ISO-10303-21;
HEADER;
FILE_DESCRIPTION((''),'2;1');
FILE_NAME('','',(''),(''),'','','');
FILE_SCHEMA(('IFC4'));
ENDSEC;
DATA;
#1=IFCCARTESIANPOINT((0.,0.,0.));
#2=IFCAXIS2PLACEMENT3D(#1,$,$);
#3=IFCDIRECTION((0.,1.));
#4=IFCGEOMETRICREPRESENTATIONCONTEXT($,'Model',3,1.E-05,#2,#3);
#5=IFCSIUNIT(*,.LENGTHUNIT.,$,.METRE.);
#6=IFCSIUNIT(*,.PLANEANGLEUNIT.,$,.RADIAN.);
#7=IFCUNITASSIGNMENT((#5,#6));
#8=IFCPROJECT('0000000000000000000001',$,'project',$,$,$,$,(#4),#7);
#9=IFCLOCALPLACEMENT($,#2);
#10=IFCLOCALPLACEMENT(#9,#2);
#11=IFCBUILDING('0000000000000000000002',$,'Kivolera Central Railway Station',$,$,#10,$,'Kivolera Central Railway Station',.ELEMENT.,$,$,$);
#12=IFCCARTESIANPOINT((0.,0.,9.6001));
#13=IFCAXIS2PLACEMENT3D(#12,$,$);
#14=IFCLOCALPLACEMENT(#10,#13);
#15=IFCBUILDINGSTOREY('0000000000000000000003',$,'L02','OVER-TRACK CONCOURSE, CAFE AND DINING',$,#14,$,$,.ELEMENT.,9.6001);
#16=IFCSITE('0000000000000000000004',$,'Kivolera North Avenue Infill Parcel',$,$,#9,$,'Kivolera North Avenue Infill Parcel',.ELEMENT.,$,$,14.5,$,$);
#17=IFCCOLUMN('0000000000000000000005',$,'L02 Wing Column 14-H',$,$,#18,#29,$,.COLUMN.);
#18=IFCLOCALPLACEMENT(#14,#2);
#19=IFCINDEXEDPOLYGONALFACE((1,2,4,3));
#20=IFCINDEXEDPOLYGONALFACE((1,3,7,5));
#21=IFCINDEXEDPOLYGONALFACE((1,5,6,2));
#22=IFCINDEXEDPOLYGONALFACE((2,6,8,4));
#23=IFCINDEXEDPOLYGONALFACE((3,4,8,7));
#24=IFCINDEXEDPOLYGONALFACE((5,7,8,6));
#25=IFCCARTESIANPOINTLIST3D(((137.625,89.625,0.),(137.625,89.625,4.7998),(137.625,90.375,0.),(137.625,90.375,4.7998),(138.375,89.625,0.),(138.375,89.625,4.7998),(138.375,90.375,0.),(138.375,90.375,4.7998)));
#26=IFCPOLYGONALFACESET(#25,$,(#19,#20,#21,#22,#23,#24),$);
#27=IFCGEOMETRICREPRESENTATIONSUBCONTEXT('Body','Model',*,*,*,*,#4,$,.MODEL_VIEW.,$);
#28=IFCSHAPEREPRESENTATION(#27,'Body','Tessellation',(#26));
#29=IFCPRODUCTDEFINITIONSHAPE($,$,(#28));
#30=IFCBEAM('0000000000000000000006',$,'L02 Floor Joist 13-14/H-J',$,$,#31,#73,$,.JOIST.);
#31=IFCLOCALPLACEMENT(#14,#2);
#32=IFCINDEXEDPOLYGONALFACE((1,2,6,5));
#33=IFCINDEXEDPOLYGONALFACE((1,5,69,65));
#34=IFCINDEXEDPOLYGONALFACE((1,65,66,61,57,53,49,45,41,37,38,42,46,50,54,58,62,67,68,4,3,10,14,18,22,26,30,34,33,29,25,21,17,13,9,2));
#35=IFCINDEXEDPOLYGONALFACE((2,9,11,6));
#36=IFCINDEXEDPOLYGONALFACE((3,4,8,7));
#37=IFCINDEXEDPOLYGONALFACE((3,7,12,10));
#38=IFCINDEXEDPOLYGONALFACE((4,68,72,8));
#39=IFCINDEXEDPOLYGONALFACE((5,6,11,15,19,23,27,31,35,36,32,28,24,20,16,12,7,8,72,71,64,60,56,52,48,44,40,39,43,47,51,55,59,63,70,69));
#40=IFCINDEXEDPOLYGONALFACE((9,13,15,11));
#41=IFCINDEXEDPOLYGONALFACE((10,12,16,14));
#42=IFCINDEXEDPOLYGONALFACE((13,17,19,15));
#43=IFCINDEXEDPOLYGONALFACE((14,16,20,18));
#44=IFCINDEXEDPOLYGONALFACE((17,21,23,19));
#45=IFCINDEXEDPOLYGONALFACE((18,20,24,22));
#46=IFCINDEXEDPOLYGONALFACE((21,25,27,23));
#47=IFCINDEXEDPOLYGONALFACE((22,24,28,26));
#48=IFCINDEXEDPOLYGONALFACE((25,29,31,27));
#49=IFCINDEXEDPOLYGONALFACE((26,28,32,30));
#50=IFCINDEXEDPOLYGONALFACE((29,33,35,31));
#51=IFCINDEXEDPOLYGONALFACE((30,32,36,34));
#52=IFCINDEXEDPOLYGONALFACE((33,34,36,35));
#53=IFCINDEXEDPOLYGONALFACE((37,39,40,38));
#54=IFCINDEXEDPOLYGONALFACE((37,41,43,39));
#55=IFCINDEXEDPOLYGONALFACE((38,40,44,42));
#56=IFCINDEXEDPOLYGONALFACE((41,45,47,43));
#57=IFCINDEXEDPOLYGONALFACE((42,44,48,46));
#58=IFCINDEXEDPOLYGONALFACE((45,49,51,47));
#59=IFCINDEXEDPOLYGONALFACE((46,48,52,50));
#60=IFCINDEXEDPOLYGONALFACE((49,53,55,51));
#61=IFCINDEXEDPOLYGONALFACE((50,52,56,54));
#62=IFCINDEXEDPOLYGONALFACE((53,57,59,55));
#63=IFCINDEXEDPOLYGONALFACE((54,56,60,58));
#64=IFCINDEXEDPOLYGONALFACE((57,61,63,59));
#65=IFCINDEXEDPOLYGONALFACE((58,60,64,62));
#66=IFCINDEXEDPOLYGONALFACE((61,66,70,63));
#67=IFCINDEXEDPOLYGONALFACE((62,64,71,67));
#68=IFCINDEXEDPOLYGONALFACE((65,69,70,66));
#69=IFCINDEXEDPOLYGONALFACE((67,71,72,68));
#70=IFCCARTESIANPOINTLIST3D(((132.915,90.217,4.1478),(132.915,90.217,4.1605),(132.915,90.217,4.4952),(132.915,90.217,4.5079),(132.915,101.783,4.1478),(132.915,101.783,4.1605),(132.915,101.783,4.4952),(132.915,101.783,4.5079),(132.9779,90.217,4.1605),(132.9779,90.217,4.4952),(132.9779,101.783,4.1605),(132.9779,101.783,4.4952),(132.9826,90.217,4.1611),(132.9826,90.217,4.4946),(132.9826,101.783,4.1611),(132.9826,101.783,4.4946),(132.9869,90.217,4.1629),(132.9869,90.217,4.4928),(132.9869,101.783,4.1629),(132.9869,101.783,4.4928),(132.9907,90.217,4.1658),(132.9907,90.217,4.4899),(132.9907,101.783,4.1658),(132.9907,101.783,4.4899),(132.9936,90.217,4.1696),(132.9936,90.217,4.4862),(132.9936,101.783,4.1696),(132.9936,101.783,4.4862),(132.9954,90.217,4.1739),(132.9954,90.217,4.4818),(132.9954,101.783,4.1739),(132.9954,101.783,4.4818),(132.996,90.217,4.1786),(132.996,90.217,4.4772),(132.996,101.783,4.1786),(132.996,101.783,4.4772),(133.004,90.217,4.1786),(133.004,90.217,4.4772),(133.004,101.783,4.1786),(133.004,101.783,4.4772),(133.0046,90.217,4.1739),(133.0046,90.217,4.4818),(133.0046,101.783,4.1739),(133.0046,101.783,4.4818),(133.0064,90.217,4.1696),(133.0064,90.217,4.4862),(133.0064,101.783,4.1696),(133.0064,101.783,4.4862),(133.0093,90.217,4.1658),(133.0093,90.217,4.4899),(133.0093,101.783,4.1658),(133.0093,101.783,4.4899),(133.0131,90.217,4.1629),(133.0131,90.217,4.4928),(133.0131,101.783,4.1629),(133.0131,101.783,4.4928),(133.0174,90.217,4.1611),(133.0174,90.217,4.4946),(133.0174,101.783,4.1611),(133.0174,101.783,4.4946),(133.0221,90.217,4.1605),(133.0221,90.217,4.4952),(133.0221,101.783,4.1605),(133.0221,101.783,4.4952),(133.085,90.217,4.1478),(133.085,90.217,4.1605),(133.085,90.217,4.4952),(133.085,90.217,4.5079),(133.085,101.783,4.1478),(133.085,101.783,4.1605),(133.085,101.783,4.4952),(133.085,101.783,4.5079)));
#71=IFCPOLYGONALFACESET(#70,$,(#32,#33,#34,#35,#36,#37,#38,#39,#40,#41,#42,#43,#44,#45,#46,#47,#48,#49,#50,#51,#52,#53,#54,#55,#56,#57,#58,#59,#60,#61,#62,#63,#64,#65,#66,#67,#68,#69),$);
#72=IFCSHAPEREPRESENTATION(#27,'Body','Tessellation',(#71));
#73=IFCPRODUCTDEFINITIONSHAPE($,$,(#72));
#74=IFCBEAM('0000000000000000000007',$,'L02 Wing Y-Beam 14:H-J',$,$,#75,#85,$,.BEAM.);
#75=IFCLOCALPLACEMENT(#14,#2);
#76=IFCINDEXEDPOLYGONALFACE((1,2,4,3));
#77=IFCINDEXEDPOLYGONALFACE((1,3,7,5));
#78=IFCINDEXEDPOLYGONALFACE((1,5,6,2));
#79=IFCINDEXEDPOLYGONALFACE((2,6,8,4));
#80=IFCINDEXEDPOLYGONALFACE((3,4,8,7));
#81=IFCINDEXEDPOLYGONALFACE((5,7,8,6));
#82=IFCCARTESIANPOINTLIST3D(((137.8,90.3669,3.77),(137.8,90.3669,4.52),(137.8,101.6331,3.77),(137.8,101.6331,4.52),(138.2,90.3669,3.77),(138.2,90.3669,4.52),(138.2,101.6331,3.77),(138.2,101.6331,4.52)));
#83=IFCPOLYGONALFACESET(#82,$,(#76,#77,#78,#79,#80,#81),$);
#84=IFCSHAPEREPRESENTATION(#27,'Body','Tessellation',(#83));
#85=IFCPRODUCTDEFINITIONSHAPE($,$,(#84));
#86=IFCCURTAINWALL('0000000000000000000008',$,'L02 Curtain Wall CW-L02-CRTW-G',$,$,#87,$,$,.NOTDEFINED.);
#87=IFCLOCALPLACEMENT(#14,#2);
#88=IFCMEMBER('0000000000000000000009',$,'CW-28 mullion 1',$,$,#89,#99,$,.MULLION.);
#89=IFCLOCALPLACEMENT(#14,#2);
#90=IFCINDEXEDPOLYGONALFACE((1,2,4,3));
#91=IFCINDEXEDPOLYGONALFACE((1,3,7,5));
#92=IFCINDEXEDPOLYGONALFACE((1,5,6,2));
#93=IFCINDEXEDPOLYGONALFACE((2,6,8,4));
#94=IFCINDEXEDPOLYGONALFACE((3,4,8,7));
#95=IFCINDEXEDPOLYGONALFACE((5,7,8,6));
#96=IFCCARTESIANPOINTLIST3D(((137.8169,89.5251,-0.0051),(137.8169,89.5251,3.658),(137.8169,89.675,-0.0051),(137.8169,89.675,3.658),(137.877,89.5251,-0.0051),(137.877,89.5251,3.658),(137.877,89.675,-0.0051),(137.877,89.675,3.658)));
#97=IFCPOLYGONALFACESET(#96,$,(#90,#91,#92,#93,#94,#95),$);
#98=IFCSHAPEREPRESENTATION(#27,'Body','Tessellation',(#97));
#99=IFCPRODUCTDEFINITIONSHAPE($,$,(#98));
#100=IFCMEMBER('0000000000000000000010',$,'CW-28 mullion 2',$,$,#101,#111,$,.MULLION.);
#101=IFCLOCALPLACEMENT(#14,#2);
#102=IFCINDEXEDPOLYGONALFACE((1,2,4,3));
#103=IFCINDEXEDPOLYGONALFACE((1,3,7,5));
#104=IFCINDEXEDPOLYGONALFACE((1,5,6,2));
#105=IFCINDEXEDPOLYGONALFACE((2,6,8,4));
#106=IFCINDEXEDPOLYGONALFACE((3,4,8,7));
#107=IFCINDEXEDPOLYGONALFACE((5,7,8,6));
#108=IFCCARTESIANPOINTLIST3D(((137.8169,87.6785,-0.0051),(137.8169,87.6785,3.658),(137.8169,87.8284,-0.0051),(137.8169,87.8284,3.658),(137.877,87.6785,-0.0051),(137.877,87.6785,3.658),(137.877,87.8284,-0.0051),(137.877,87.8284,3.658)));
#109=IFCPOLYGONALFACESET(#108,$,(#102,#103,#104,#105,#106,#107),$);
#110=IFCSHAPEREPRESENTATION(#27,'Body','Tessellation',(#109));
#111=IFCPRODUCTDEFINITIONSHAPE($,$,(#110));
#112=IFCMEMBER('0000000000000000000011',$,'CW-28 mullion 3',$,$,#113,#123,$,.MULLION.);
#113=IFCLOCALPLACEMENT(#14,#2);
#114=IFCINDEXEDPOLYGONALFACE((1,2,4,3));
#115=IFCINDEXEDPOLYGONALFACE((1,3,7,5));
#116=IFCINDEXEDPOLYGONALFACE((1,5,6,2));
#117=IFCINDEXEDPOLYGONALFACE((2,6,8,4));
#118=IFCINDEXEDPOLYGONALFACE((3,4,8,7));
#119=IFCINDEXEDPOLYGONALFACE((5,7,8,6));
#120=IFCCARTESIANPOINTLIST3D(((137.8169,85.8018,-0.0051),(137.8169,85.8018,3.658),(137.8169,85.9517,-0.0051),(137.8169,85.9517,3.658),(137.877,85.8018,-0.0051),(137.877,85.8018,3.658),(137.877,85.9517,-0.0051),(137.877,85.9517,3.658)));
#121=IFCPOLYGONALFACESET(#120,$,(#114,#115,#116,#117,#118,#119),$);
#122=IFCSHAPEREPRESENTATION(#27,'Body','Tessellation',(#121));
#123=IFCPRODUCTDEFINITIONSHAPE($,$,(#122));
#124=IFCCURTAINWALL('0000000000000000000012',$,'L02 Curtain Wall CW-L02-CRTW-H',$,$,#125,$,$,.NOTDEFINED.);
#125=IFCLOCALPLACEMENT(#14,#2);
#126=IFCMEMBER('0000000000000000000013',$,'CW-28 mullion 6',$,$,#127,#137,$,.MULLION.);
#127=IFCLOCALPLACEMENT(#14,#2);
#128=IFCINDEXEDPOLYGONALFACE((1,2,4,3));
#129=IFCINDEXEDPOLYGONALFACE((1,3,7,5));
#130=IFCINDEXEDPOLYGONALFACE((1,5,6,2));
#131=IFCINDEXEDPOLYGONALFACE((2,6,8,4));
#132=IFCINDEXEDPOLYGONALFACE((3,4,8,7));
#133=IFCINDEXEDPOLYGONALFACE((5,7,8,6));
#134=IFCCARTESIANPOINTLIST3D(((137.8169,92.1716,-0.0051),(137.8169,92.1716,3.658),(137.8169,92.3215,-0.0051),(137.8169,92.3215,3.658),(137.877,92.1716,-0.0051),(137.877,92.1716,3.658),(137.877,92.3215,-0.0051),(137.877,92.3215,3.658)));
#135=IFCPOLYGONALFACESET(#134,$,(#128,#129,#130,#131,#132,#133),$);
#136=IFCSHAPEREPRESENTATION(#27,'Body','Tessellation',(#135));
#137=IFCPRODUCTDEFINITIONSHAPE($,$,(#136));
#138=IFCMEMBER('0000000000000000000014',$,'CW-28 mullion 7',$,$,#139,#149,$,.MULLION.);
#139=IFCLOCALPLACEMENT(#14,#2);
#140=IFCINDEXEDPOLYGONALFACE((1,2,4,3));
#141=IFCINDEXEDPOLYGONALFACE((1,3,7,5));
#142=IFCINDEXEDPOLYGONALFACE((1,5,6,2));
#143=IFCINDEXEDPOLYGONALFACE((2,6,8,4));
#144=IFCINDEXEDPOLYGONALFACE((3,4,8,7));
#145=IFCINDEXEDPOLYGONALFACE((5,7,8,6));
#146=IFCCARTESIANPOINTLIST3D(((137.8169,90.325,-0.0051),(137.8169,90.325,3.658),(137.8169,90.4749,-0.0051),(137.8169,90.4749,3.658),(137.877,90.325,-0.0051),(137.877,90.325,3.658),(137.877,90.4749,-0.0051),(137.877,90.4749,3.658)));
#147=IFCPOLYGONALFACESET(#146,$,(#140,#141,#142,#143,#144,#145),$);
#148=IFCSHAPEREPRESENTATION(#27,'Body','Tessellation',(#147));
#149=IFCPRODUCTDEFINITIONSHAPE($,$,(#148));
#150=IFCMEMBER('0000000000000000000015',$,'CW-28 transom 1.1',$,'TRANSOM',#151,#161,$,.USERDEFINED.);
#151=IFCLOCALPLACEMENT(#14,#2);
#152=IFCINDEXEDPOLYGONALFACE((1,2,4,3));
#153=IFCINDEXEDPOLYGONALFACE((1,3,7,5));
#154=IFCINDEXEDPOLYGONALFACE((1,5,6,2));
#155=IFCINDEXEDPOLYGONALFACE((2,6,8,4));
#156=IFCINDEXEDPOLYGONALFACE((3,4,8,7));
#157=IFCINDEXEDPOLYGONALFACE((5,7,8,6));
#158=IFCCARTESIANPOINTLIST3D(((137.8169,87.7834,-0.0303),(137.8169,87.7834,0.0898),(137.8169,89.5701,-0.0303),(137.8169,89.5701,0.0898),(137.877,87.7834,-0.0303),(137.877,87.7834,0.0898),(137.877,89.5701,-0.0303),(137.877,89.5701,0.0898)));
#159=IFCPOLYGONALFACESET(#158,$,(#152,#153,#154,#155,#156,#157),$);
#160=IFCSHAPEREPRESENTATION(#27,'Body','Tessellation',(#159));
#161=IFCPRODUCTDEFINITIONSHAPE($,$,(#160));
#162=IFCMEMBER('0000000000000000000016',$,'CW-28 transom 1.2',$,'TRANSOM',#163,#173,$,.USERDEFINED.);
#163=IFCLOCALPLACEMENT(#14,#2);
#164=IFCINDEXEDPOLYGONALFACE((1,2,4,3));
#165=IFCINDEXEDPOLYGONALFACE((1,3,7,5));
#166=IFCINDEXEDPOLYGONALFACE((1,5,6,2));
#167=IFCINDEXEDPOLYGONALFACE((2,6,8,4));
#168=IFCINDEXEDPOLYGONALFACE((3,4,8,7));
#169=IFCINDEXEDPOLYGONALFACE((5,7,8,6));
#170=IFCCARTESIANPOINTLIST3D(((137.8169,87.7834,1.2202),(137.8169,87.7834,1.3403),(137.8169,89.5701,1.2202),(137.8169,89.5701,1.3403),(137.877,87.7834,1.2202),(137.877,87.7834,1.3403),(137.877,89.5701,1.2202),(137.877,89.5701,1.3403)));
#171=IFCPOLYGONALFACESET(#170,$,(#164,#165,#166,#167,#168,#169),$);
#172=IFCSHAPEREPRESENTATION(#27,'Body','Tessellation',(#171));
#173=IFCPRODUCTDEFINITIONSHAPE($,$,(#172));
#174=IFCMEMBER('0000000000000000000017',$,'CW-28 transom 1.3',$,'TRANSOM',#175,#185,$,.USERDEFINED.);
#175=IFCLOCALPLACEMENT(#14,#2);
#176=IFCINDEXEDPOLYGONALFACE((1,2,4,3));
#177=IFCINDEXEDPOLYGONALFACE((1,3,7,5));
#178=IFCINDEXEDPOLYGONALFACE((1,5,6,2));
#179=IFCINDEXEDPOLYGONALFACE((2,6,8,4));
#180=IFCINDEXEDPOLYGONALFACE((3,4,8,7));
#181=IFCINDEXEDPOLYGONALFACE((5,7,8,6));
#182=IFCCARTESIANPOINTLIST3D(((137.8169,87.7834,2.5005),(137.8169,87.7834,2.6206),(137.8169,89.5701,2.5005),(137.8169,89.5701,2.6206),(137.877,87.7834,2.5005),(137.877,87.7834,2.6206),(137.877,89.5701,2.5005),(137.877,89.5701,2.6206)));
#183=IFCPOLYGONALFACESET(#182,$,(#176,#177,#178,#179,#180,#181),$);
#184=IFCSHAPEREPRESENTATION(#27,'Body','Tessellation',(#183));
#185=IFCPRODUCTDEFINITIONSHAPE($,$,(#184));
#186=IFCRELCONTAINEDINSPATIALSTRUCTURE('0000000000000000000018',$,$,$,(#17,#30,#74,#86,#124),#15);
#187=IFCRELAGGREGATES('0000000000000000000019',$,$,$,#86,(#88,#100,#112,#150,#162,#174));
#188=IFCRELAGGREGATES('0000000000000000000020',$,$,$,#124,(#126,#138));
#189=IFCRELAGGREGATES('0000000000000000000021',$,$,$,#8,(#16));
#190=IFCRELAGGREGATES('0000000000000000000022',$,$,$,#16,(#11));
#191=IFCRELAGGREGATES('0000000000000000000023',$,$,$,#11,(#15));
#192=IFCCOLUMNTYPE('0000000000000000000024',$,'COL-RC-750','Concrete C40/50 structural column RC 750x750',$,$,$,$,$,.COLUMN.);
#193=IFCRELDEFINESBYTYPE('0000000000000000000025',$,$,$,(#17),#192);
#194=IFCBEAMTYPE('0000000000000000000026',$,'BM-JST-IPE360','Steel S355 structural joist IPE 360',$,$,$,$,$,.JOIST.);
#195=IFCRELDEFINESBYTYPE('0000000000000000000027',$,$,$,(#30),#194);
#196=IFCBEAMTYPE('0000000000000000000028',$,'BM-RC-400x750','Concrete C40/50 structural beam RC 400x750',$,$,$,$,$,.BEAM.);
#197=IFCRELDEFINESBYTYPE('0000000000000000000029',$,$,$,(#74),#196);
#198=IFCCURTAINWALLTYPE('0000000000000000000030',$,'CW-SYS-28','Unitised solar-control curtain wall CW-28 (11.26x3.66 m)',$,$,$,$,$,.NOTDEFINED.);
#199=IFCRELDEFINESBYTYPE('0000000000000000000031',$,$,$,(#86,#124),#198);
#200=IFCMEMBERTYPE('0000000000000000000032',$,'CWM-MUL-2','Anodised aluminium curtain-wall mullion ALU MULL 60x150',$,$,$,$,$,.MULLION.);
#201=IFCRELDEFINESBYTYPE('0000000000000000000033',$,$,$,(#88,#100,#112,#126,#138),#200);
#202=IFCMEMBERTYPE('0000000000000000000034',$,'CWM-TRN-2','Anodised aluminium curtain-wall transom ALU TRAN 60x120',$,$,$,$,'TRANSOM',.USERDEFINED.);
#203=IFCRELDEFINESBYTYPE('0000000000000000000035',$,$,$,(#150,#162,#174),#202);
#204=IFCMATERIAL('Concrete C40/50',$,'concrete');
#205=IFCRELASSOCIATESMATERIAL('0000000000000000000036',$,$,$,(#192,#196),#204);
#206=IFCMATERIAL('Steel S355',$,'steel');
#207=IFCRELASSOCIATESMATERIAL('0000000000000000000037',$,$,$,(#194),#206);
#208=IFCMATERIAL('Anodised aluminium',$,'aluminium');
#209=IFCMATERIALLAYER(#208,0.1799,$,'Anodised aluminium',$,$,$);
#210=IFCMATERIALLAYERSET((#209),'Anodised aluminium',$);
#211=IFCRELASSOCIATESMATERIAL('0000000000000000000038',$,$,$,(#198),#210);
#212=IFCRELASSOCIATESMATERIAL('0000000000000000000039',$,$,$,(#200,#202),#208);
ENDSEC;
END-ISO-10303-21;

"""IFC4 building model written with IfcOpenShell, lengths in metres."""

from ifc_helpers import new_model, si_unit, direction, frame, origin, origin_2d, place, context, subcontext, project, spatial, rectangle, i_section, extrude, material, layer, layer_set, material_profile, profile_set, type_object, element, aggregate, save


model = new_model("IFC4")

# Units and contexts
model_context = context("Model", 3, precision=1e-05, world=origin(), true_north=direction((0.0, 1.0)))
body_context = subcontext(model_context, "Body", "Model", "MODEL_VIEW")
ifc_project = project(units=[si_unit("LENGTHUNIT", "METRE"), si_unit("PLANEANGLEUNIT", "RADIAN")], contexts=[model_context])

# Site, building, storey
site_placement = place(None, origin())
site = spatial("IfcSite", under=ifc_project, at=site_placement, Name="Kivolera North Avenue Infill Parcel", LongName="Kivolera North Avenue Infill Parcel", CompositionType="ELEMENT", RefElevation=14.5)
building_placement = place(site_placement, origin())
building = spatial("IfcBuilding", under=site, at=building_placement, Name="Kivolera Central Railway Station", LongName="Kivolera Central Railway Station", CompositionType="ELEMENT")
storey_placement = place(building_placement, frame((0.0, 0.0, 9.6001)))
storey = spatial("IfcBuildingStorey", under=building, at=storey_placement, Name="L02", Description="OVER-TRACK CONCOURSE, CAFE AND DINING", CompositionType="ELEMENT", Elevation=9.6001)

# Column
ifc_material_1 = material(Name="Concrete C40/50", Category="concrete")
ifc_material_profile_1 = material_profile(ifc_material_1, rectangle(XDim=0.75, YDim=0.75, at=origin_2d()), Name="RC 750x750")
ifc_profile_set_1 = profile_set([ifc_material_profile_1], Name="Concrete C40/50")
column_type = type_object("IfcColumnType", Name="COL-RC-750", Description="Concrete C40/50 structural column RC 750x750", PredefinedType="COLUMN", material=ifc_profile_set_1)
column_placement = place(storey_placement, frame((138.0, 90.0, 0.0), z_axis=(0.0, 0.0, 1.0), x_axis=(1.0, 0.0, 0.0)))
element("IfcColumn", 1, at=column_placement, inside=storey, type_object=column_type, Name="L02 Wing Column 14-H", PredefinedType="COLUMN", context=body_context, shape_type="SweptSolid", body=[
    extrude(rectangle(XDim=0.75, YDim=0.75, at=origin_2d()), origin(), (0.0, 0.0, 1.0), 4.7998),
])

# Beams
ifc_material_2 = material(Name="Steel S355", Category="steel")
ifc_material_profile_2 = material_profile(ifc_material_2, i_section(OverallWidth=0.1699, OverallDepth=0.3601, WebThickness=0.0081, FlangeThickness=0.0127, FilletRadius=0.0181, at=origin_2d()), Name="IPE 360")
ifc_profile_set_2 = profile_set([ifc_material_profile_2], Name="Steel S355")
beam_type_1 = type_object("IfcBeamType", Name="BM-JST-IPE360", Description="Steel S355 structural joist IPE 360", PredefinedType="JOIST", material=ifc_profile_set_2)
beam_1_placement = place(storey_placement, frame((133.0, 90.217, 4.3279), z_axis=(0.0, 1.0, 0.0), x_axis=(-1.0, 0.0, 0.0)))
element("IfcBeam", 2, at=beam_1_placement, inside=storey, type_object=beam_type_1, Name="L02 Floor Joist 13-14/H-J", PredefinedType="JOIST", context=body_context, shape_type="SweptSolid", body=[
    extrude(i_section(OverallWidth=0.1699, OverallDepth=0.3601, WebThickness=0.0081, FlangeThickness=0.0127, FilletRadius=0.0181, at=origin_2d()), origin(), (0.0, 0.0, 1.0), 11.5659),
])
ifc_material_profile_3 = material_profile(ifc_material_1, rectangle(XDim=0.3999, YDim=0.75, at=origin_2d()), Name="RC 400x750")
ifc_profile_set_3 = profile_set([ifc_material_profile_3], Name="Concrete C40/50")
beam_type_2 = type_object("IfcBeamType", Name="BM-RC-400x750", Description="Concrete C40/50 structural beam RC 400x750", PredefinedType="BEAM", material=ifc_profile_set_3)
beam_2_placement = place(storey_placement, frame((138.0, 90.3669, 4.145), z_axis=(0.0, 1.0, 0.0), x_axis=(-1.0, 0.0, 0.0)))
element("IfcBeam", 3, at=beam_2_placement, inside=storey, type_object=beam_type_2, Name="L02 Wing Y-Beam 14:H-J", PredefinedType="BEAM", context=body_context, shape_type="SweptSolid", body=[
    extrude(rectangle(XDim=0.3999, YDim=0.75, at=origin_2d()), origin(), (0.0, 0.0, 1.0), 11.2661),
])

# Curtain walls, members
ifc_material_3 = material(Name="Anodised aluminium", Category="aluminium")
ifc_layer_1 = layer(ifc_material_3, 0.1799, Name="Anodised aluminium")
ifc_layer_set_1 = layer_set([ifc_layer_1], Name="Anodised aluminium")
curtain_wall_type = type_object("IfcCurtainWallType", Name="CW-SYS-28", Description="Unitised solar-control curtain wall CW-28 (11.26x3.66 m)", PredefinedType="NOTDEFINED", material=ifc_layer_set_1)
curtain_wall_1_placement = place(storey_placement, origin())
curtain_wall_1 = element("IfcCurtainWall", 4, at=curtain_wall_1_placement, inside=storey, type_object=curtain_wall_type, Name="L02 Curtain Wall CW-L02-CRTW-G", PredefinedType="NOTDEFINED")
ifc_material_profile_4 = material_profile(ifc_material_3, rectangle(XDim=0.0601, YDim=0.1499, at=origin_2d()), Name="ALU MULL 60x150")
ifc_profile_set_4 = profile_set([ifc_material_profile_4], Name="Anodised aluminium")
member_type_1 = type_object("IfcMemberType", Name="CWM-MUL-2", Description="Anodised aluminium curtain-wall mullion ALU MULL 60x150", PredefinedType="MULLION", material=ifc_profile_set_4)
member_1_placement = place(storey_placement, frame((137.8469, 89.6001, -0.0051), z_axis=(0.0, 0.0, 1.0), x_axis=(1.0, 0.0, 0.0)))
member_1 = element("IfcMember", 5, at=member_1_placement, type_object=member_type_1, Name="CW-28 mullion 1", PredefinedType="MULLION", context=body_context, shape_type="SweptSolid", body=[
    extrude(rectangle(XDim=0.0601, YDim=0.1499, at=origin_2d()), origin(), (0.0, 0.0, 1.0), 3.6631),
])
member_2_placement = place(storey_placement, frame((137.8469, 87.7534, -0.0051), z_axis=(0.0, 0.0, 1.0), x_axis=(1.0, 0.0, 0.0)))
member_2 = element("IfcMember", 6, at=member_2_placement, type_object=member_type_1, Name="CW-28 mullion 2", PredefinedType="MULLION", context=body_context, shape_type="SweptSolid", body=[
    extrude(rectangle(XDim=0.0601, YDim=0.1499, at=origin_2d()), origin(), (0.0, 0.0, 1.0), 3.6631),
])
member_3_placement = place(storey_placement, frame((137.8469, 85.8767, -0.0051), z_axis=(0.0, 0.0, 1.0), x_axis=(1.0, 0.0, 0.0)))
member_3 = element("IfcMember", 7, at=member_3_placement, type_object=member_type_1, Name="CW-28 mullion 3", PredefinedType="MULLION", context=body_context, shape_type="SweptSolid", body=[
    extrude(rectangle(XDim=0.0601, YDim=0.1499, at=origin_2d()), origin(), (0.0, 0.0, 1.0), 3.6631),
])
curtain_wall_2_placement = place(storey_placement, origin())
curtain_wall_2 = element("IfcCurtainWall", 8, at=curtain_wall_2_placement, inside=storey, type_object=curtain_wall_type, Name="L02 Curtain Wall CW-L02-CRTW-H", PredefinedType="NOTDEFINED")
member_4_placement = place(storey_placement, frame((137.8469, 92.2466, -0.0051), z_axis=(0.0, 0.0, 1.0), x_axis=(1.0, 0.0, 0.0)))
member_4 = element("IfcMember", 9, at=member_4_placement, type_object=member_type_1, Name="CW-28 mullion 6", PredefinedType="MULLION", context=body_context, shape_type="SweptSolid", body=[
    extrude(rectangle(XDim=0.0601, YDim=0.1499, at=origin_2d()), origin(), (0.0, 0.0, 1.0), 3.6631),
])
member_5_placement = place(storey_placement, frame((137.8469, 90.3999, -0.0051), z_axis=(0.0, 0.0, 1.0), x_axis=(1.0, 0.0, 0.0)))
member_5 = element("IfcMember", 10, at=member_5_placement, type_object=member_type_1, Name="CW-28 mullion 7", PredefinedType="MULLION", context=body_context, shape_type="SweptSolid", body=[
    extrude(rectangle(XDim=0.0601, YDim=0.1499, at=origin_2d()), origin(), (0.0, 0.0, 1.0), 3.6631),
])

# Members
ifc_material_profile_5 = material_profile(ifc_material_3, rectangle(XDim=0.0601, YDim=0.1201, at=origin_2d()), Name="ALU TRAN 60x120")
ifc_profile_set_5 = profile_set([ifc_material_profile_5], Name="Anodised aluminium")
member_type_2 = type_object("IfcMemberType", Name="CWM-TRN-2", Description="Anodised aluminium curtain-wall transom ALU TRAN 60x120", ElementType="TRANSOM", PredefinedType="USERDEFINED", material=ifc_profile_set_5)
member_6_placement = place(storey_placement, frame((137.8469, 89.5701, 0.0298), z_axis=(0.0, -1.0, 0.0), x_axis=(1.0, 0.0, 0.0)))
member_6 = element("IfcMember", 11, at=member_6_placement, type_object=member_type_2, Name="CW-28 transom 1.1", ObjectType="TRANSOM", PredefinedType="USERDEFINED", context=body_context, shape_type="SweptSolid", body=[
    extrude(rectangle(XDim=0.0601, YDim=0.1201, at=origin_2d()), origin(), (0.0, 0.0, 1.0), 1.7866),
])
member_7_placement = place(storey_placement, frame((137.8469, 89.5701, 1.2803), z_axis=(0.0, -1.0, 0.0), x_axis=(1.0, 0.0, 0.0)))
member_7 = element("IfcMember", 12, at=member_7_placement, type_object=member_type_2, Name="CW-28 transom 1.2", ObjectType="TRANSOM", PredefinedType="USERDEFINED", context=body_context, shape_type="SweptSolid", body=[
    extrude(rectangle(XDim=0.0601, YDim=0.1201, at=origin_2d()), origin(), (0.0, 0.0, 1.0), 1.7866),
])
member_8_placement = place(storey_placement, frame((137.8469, 89.5701, 2.5605), z_axis=(0.0, -1.0, 0.0), x_axis=(1.0, 0.0, 0.0)))
member_8 = element("IfcMember", 13, at=member_8_placement, type_object=member_type_2, Name="CW-28 transom 1.3", ObjectType="TRANSOM", PredefinedType="USERDEFINED", context=body_context, shape_type="SweptSolid", body=[
    extrude(rectangle(XDim=0.0601, YDim=0.1201, at=origin_2d()), origin(), (0.0, 0.0, 1.0), 1.7866),
])

aggregate(curtain_wall_1, [member_1, member_2, member_3, member_6, member_7, member_8])
aggregate(curtain_wall_2, [member_4, member_5])

save(model, "model.ifc")
